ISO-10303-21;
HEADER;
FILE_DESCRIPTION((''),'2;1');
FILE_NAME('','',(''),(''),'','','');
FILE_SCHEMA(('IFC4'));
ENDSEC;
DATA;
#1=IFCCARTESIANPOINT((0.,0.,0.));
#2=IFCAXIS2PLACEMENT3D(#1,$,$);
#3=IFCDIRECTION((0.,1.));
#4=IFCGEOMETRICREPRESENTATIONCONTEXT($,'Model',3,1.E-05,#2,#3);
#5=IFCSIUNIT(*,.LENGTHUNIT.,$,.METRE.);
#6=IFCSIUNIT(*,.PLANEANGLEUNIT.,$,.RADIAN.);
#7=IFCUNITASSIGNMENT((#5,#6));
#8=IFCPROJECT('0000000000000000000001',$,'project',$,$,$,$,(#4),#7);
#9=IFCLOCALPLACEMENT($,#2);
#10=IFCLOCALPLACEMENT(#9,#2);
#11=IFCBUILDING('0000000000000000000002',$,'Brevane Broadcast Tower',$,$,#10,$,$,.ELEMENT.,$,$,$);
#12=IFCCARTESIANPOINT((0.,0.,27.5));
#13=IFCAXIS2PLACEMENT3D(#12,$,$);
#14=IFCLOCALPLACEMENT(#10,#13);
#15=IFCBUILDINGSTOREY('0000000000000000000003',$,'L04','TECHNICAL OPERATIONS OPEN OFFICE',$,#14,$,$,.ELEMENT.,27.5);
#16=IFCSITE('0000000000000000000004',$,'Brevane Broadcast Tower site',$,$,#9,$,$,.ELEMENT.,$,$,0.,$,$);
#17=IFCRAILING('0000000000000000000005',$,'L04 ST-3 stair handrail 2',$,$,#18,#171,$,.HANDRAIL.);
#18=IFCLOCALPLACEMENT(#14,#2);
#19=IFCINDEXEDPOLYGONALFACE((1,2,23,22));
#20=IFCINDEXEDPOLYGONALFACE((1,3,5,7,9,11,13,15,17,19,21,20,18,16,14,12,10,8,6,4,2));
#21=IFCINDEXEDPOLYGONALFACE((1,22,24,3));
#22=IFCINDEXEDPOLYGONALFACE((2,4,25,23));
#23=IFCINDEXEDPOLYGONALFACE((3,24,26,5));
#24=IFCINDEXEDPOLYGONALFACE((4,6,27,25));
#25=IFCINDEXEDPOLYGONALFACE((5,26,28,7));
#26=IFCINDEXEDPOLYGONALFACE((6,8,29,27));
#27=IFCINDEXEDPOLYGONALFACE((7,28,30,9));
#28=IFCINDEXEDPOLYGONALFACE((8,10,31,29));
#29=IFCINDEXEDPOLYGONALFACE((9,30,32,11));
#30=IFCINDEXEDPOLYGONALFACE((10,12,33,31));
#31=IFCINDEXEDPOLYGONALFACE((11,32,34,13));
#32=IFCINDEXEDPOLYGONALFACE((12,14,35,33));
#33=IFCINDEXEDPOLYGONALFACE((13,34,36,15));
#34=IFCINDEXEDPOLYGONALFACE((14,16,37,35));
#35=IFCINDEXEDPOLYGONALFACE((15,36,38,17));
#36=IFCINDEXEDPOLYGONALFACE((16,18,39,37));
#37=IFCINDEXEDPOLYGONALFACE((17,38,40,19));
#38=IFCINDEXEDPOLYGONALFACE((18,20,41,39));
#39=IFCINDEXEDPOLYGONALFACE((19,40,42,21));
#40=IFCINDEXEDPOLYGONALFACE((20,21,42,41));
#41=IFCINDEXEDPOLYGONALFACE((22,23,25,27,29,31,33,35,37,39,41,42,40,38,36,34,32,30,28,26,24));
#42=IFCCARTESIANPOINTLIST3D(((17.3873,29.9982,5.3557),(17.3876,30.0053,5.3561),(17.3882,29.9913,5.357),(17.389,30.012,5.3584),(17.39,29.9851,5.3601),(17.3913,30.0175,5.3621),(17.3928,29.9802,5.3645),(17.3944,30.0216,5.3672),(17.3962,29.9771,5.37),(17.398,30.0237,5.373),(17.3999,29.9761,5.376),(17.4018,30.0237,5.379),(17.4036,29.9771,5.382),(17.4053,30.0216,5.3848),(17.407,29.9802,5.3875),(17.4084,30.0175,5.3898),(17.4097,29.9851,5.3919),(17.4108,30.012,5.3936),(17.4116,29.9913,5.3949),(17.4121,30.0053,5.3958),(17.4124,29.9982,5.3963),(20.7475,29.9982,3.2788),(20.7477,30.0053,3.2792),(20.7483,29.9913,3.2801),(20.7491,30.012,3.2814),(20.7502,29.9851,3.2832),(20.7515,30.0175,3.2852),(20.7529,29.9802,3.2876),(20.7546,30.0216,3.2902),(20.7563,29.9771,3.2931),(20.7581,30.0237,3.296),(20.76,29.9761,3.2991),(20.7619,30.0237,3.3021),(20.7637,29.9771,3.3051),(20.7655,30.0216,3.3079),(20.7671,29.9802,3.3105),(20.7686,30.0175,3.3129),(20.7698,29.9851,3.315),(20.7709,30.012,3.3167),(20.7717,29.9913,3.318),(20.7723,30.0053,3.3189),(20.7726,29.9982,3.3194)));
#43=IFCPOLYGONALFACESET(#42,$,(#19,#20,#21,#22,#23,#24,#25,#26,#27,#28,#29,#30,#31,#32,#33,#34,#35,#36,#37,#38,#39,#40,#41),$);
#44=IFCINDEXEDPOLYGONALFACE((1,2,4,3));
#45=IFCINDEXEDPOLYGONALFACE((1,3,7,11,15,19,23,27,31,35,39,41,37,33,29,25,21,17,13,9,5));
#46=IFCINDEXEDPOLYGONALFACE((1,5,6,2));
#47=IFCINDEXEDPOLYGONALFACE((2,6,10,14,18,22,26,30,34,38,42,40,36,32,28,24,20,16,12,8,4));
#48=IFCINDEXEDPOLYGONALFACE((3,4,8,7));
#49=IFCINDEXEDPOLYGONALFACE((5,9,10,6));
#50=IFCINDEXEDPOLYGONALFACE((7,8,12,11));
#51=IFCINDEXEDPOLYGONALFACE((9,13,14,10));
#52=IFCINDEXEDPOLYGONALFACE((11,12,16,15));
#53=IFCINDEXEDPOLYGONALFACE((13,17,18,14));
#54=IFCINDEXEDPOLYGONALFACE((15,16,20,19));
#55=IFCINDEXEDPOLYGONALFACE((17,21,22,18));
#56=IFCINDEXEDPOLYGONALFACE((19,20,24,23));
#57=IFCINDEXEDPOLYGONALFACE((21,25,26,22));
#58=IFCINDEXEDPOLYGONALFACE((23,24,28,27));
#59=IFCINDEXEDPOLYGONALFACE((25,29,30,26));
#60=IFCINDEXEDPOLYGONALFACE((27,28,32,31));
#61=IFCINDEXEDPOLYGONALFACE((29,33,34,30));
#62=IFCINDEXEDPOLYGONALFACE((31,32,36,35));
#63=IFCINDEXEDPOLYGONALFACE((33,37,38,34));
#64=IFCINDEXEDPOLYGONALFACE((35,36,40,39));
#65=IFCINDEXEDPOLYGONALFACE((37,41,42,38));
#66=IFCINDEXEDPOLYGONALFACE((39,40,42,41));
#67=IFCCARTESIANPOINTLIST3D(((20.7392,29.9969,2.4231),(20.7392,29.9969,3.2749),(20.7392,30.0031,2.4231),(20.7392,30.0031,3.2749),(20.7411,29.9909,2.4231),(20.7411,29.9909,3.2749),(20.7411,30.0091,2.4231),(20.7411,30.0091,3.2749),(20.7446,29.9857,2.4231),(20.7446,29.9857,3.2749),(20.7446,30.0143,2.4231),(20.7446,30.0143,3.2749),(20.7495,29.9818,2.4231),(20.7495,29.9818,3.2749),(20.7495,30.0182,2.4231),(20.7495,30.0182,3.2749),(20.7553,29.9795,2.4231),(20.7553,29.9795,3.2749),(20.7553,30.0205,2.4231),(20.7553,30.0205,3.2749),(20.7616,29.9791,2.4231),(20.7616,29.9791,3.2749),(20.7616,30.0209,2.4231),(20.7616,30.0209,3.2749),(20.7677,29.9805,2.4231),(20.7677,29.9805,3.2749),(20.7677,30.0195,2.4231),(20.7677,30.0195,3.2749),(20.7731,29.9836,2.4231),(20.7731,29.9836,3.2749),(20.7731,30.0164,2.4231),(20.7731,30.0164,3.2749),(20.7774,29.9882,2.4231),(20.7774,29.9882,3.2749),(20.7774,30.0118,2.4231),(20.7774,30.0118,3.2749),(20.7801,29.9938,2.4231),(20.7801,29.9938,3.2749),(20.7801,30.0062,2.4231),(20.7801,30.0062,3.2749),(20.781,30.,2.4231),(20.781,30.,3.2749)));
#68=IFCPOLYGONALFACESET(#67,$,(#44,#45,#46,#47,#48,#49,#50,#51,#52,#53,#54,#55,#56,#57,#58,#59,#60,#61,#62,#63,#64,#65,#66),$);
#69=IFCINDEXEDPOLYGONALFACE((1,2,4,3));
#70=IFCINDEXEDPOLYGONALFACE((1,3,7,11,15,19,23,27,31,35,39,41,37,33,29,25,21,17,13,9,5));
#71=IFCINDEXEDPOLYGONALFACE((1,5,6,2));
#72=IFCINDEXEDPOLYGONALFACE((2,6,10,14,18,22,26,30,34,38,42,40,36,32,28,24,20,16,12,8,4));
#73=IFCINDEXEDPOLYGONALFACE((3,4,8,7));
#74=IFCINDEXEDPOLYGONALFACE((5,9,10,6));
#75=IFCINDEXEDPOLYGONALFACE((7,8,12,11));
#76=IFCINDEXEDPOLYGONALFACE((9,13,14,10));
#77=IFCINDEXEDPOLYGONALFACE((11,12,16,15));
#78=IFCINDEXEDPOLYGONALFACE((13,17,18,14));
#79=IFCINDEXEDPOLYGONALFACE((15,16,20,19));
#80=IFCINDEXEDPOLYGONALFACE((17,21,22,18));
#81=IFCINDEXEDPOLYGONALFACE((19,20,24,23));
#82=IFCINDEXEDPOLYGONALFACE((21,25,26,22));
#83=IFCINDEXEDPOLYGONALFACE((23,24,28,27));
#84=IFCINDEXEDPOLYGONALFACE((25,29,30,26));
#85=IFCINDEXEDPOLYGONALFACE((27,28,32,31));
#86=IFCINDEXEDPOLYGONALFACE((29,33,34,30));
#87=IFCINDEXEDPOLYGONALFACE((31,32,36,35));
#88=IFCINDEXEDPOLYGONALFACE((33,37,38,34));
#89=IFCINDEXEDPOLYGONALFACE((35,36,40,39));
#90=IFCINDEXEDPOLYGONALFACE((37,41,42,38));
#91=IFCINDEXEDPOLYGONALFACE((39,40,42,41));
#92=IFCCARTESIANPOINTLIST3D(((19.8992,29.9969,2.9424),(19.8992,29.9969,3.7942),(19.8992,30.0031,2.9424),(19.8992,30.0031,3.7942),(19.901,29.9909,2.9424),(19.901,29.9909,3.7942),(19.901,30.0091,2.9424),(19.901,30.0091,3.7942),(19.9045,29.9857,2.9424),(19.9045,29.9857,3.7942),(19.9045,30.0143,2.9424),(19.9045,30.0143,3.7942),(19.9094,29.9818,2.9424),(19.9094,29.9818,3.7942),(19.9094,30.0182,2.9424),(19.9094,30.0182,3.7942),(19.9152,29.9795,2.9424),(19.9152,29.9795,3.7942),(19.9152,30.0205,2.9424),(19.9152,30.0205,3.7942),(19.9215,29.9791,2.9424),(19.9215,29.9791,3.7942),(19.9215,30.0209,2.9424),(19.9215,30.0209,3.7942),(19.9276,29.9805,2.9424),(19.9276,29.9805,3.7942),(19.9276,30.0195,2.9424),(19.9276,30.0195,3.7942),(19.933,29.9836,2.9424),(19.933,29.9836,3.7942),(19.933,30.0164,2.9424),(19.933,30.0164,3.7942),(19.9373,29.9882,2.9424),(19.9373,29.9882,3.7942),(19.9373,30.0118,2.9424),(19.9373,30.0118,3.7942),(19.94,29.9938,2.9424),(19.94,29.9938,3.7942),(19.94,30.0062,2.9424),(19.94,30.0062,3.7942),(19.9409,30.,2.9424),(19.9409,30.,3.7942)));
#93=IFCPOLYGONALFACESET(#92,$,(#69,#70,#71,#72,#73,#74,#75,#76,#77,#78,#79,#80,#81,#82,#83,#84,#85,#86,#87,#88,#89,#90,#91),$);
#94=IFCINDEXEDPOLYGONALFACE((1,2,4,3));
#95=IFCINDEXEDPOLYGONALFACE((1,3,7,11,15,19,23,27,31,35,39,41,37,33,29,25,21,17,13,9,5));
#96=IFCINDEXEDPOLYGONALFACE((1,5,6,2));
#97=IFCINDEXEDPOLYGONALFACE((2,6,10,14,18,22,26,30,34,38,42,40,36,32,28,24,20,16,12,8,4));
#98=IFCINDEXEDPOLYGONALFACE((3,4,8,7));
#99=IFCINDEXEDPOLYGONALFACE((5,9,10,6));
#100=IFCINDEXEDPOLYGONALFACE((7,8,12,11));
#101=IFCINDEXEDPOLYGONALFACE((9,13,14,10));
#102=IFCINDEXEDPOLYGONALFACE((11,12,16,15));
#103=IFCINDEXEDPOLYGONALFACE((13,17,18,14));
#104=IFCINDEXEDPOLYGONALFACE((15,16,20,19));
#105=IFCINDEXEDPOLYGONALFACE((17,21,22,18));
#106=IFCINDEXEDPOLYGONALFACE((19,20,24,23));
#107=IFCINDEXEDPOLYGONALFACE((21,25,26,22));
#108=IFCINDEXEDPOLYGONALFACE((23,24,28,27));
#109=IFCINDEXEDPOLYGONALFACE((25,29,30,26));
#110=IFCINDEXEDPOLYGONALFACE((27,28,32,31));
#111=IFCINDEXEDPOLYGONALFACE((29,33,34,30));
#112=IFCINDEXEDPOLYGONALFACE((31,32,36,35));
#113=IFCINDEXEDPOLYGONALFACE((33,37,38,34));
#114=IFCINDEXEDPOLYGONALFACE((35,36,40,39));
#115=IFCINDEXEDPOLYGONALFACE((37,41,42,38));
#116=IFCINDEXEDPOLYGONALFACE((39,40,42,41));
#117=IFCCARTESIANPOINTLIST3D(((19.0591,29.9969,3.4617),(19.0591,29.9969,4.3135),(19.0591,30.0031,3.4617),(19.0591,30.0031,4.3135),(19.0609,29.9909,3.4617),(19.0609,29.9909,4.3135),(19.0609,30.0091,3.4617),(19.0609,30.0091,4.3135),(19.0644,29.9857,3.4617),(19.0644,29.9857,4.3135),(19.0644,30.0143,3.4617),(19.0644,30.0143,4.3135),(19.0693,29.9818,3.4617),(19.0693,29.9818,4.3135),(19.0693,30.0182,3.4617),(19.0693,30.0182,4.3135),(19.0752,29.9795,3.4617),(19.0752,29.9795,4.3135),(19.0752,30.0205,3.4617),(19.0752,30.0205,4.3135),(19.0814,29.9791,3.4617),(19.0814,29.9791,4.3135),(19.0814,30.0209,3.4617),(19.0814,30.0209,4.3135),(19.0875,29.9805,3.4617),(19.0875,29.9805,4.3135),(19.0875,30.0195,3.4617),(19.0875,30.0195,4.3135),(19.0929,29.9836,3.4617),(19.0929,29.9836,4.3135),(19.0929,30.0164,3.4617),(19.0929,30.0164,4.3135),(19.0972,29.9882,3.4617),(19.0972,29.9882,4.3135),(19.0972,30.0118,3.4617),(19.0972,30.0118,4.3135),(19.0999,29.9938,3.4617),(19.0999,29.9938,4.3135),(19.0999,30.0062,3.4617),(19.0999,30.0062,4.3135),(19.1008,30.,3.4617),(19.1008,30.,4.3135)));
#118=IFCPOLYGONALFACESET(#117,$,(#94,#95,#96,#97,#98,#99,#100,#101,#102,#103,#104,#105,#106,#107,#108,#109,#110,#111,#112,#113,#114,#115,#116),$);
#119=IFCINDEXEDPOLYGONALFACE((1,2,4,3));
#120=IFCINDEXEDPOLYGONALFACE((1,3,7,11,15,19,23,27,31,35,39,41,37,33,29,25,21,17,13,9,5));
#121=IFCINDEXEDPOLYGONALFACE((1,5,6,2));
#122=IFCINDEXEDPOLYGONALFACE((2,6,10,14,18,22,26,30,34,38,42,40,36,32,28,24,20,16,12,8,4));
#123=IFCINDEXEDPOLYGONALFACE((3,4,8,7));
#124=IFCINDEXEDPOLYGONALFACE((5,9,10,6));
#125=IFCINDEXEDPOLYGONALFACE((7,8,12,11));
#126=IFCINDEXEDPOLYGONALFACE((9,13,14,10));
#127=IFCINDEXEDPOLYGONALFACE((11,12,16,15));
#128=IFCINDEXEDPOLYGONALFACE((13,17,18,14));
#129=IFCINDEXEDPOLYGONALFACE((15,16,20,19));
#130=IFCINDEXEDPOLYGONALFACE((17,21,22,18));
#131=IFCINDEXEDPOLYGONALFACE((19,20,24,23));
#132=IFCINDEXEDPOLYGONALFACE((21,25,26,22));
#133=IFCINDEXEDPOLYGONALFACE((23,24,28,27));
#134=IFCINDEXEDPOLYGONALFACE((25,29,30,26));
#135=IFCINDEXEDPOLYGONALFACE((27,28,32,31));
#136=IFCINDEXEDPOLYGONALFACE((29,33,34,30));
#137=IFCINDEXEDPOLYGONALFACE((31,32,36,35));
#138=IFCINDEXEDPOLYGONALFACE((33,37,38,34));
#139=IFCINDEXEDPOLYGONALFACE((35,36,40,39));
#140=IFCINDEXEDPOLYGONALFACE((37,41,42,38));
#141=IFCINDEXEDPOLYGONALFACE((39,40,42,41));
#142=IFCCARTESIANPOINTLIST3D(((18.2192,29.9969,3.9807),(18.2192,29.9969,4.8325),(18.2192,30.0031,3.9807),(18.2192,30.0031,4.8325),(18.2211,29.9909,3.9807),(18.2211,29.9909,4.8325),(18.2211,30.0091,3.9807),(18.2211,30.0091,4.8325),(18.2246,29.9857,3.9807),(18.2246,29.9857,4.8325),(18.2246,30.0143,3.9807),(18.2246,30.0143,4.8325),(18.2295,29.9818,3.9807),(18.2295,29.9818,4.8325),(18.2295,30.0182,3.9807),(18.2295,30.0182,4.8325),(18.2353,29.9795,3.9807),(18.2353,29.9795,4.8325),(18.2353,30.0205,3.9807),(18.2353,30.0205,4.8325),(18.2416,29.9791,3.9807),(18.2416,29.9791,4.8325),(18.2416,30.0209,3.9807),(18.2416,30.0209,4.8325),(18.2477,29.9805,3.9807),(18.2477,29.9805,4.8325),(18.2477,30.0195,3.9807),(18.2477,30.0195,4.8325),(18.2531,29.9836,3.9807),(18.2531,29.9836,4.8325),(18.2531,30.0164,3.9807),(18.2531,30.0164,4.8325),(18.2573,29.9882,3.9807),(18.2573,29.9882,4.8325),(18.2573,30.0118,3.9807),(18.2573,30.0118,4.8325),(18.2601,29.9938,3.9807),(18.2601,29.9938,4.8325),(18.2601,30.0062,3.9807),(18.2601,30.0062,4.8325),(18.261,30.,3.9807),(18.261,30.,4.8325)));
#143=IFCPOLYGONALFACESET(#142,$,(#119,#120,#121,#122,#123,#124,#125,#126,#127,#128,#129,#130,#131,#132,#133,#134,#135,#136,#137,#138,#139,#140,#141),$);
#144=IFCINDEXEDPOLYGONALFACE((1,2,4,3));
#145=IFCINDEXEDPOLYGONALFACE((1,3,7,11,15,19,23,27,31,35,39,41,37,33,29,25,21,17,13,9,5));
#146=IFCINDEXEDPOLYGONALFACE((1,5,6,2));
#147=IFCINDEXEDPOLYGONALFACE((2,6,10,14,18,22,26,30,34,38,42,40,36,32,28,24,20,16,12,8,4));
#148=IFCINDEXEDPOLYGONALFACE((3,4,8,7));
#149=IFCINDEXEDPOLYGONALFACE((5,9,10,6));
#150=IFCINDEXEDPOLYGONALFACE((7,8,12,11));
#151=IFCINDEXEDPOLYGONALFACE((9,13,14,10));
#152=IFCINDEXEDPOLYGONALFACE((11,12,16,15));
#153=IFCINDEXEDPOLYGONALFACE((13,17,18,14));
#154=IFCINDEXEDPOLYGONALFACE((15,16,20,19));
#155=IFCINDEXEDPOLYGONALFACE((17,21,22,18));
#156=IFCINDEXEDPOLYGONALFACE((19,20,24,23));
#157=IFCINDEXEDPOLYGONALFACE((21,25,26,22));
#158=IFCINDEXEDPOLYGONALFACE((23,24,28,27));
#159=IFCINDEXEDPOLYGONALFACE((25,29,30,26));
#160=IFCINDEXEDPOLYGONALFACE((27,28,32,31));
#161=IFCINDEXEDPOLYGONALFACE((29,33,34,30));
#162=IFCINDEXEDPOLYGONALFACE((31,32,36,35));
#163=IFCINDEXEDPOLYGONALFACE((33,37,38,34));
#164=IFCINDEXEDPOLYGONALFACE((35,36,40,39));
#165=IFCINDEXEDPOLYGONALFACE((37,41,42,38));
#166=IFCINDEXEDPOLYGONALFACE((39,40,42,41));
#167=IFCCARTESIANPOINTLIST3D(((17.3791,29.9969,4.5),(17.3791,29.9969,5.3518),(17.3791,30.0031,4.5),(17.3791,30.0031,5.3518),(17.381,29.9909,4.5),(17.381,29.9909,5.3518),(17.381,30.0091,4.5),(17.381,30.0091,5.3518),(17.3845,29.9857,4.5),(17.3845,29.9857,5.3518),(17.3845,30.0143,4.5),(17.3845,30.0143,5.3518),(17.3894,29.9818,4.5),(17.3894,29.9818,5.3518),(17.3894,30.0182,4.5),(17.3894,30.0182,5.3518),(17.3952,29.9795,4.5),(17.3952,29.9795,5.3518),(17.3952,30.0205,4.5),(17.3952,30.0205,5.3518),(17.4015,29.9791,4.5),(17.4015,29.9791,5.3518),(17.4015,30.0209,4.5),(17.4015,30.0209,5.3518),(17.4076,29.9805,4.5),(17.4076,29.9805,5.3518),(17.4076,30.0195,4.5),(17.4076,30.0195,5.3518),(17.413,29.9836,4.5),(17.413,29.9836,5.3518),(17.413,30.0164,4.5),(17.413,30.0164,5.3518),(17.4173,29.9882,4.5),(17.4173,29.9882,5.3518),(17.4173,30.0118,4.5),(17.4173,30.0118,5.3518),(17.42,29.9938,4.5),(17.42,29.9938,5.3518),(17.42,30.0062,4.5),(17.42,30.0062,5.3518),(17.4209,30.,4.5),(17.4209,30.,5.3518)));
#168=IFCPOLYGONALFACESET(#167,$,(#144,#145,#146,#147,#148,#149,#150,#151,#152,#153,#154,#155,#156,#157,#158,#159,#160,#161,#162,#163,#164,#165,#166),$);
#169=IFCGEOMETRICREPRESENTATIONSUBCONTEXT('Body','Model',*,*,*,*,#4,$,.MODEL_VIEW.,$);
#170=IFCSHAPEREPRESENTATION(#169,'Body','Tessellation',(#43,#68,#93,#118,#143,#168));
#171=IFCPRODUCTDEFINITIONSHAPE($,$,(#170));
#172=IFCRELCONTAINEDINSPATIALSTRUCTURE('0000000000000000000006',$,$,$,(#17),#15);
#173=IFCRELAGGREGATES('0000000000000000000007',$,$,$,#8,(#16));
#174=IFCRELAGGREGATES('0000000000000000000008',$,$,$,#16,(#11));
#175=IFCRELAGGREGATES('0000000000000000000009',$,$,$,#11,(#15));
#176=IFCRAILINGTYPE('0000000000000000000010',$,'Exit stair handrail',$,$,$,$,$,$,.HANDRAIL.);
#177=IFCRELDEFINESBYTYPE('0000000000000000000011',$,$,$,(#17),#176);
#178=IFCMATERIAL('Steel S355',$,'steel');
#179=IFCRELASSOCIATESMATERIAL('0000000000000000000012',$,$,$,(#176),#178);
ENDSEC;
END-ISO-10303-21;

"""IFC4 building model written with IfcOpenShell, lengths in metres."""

from ifc_helpers import new_model, si_unit, direction, frame, origin, origin_2d, place, context, subcontext, project, spatial, circle, extrude, material, type_object, element, save


model = new_model("IFC4")

# Units and contexts
model_context = context("Model", 3, precision=1e-05, world=origin(), true_north=direction((0.0, 1.0)))
body_context = subcontext(model_context, "Body", "Model", "MODEL_VIEW")
ifc_project = project(units=[si_unit("LENGTHUNIT", "METRE"), si_unit("PLANEANGLEUNIT", "RADIAN")], contexts=[model_context])

# Site, building, storey
site_placement = place(None, origin())
site = spatial("IfcSite", under=ifc_project, at=site_placement, Name="Brevane Broadcast Tower site", CompositionType="ELEMENT", RefElevation=0.0)
building_placement = place(site_placement, origin())
building = spatial("IfcBuilding", under=site, at=building_placement, Name="Brevane Broadcast Tower", CompositionType="ELEMENT")
storey_placement = place(building_placement, frame((0.0, 0.0, 27.5)))
storey = spatial("IfcBuildingStorey", under=building, at=storey_placement, Name="L04", Description="TECHNICAL OPERATIONS OPEN OFFICE", CompositionType="ELEMENT", Elevation=27.5)

# Railing
ifc_material_1 = material(Name="Steel S355", Category="steel")
railing_type_1 = type_object("IfcRailingType", Name="Exit stair handrail", PredefinedType="HANDRAIL", material=ifc_material_1)
railing_1_placement = place(storey_placement, frame((20.76, 30.0, 2.4231)))
element("IfcRailing", 1, at=railing_1_placement, inside=storey, type_object=railing_type_1, Name="L04 ST-3 stair handrail 2", PredefinedType="HANDRAIL", context=body_context, shape_type="SweptSolid", body=[
    extrude(circle(Radius=0.0239, at=origin_2d()), frame((0.0, 0.0, 0.876), z_axis=(-0.850623, 0.0, 0.525776), x_axis=(0.0, -1.0, 0.0)), (0.0, 0.0, 1.0), 3.9502),
    extrude(circle(Radius=0.021, at=origin_2d()), origin(), (0.0, 0.0, 1.0), 0.8518),
    extrude(circle(Radius=0.021, at=origin_2d()), frame((-0.8401, 0.0, 0.5193)), (0.0, 0.0, 1.0), 0.8518),
    extrude(circle(Radius=0.021, at=origin_2d()), frame((-1.6802, 0.0, 1.0386)), (0.0, 0.0, 1.0), 0.8518),
    extrude(circle(Radius=0.021, at=origin_2d()), frame((-2.52, 0.0, 1.5576)), (0.0, 0.0, 1.0), 0.8518),
    extrude(circle(Radius=0.021, at=origin_2d()), frame((-3.3601, 0.0, 2.0769)), (0.0, 0.0, 1.0), 0.8518),
])

save(model, "model.ifc")
